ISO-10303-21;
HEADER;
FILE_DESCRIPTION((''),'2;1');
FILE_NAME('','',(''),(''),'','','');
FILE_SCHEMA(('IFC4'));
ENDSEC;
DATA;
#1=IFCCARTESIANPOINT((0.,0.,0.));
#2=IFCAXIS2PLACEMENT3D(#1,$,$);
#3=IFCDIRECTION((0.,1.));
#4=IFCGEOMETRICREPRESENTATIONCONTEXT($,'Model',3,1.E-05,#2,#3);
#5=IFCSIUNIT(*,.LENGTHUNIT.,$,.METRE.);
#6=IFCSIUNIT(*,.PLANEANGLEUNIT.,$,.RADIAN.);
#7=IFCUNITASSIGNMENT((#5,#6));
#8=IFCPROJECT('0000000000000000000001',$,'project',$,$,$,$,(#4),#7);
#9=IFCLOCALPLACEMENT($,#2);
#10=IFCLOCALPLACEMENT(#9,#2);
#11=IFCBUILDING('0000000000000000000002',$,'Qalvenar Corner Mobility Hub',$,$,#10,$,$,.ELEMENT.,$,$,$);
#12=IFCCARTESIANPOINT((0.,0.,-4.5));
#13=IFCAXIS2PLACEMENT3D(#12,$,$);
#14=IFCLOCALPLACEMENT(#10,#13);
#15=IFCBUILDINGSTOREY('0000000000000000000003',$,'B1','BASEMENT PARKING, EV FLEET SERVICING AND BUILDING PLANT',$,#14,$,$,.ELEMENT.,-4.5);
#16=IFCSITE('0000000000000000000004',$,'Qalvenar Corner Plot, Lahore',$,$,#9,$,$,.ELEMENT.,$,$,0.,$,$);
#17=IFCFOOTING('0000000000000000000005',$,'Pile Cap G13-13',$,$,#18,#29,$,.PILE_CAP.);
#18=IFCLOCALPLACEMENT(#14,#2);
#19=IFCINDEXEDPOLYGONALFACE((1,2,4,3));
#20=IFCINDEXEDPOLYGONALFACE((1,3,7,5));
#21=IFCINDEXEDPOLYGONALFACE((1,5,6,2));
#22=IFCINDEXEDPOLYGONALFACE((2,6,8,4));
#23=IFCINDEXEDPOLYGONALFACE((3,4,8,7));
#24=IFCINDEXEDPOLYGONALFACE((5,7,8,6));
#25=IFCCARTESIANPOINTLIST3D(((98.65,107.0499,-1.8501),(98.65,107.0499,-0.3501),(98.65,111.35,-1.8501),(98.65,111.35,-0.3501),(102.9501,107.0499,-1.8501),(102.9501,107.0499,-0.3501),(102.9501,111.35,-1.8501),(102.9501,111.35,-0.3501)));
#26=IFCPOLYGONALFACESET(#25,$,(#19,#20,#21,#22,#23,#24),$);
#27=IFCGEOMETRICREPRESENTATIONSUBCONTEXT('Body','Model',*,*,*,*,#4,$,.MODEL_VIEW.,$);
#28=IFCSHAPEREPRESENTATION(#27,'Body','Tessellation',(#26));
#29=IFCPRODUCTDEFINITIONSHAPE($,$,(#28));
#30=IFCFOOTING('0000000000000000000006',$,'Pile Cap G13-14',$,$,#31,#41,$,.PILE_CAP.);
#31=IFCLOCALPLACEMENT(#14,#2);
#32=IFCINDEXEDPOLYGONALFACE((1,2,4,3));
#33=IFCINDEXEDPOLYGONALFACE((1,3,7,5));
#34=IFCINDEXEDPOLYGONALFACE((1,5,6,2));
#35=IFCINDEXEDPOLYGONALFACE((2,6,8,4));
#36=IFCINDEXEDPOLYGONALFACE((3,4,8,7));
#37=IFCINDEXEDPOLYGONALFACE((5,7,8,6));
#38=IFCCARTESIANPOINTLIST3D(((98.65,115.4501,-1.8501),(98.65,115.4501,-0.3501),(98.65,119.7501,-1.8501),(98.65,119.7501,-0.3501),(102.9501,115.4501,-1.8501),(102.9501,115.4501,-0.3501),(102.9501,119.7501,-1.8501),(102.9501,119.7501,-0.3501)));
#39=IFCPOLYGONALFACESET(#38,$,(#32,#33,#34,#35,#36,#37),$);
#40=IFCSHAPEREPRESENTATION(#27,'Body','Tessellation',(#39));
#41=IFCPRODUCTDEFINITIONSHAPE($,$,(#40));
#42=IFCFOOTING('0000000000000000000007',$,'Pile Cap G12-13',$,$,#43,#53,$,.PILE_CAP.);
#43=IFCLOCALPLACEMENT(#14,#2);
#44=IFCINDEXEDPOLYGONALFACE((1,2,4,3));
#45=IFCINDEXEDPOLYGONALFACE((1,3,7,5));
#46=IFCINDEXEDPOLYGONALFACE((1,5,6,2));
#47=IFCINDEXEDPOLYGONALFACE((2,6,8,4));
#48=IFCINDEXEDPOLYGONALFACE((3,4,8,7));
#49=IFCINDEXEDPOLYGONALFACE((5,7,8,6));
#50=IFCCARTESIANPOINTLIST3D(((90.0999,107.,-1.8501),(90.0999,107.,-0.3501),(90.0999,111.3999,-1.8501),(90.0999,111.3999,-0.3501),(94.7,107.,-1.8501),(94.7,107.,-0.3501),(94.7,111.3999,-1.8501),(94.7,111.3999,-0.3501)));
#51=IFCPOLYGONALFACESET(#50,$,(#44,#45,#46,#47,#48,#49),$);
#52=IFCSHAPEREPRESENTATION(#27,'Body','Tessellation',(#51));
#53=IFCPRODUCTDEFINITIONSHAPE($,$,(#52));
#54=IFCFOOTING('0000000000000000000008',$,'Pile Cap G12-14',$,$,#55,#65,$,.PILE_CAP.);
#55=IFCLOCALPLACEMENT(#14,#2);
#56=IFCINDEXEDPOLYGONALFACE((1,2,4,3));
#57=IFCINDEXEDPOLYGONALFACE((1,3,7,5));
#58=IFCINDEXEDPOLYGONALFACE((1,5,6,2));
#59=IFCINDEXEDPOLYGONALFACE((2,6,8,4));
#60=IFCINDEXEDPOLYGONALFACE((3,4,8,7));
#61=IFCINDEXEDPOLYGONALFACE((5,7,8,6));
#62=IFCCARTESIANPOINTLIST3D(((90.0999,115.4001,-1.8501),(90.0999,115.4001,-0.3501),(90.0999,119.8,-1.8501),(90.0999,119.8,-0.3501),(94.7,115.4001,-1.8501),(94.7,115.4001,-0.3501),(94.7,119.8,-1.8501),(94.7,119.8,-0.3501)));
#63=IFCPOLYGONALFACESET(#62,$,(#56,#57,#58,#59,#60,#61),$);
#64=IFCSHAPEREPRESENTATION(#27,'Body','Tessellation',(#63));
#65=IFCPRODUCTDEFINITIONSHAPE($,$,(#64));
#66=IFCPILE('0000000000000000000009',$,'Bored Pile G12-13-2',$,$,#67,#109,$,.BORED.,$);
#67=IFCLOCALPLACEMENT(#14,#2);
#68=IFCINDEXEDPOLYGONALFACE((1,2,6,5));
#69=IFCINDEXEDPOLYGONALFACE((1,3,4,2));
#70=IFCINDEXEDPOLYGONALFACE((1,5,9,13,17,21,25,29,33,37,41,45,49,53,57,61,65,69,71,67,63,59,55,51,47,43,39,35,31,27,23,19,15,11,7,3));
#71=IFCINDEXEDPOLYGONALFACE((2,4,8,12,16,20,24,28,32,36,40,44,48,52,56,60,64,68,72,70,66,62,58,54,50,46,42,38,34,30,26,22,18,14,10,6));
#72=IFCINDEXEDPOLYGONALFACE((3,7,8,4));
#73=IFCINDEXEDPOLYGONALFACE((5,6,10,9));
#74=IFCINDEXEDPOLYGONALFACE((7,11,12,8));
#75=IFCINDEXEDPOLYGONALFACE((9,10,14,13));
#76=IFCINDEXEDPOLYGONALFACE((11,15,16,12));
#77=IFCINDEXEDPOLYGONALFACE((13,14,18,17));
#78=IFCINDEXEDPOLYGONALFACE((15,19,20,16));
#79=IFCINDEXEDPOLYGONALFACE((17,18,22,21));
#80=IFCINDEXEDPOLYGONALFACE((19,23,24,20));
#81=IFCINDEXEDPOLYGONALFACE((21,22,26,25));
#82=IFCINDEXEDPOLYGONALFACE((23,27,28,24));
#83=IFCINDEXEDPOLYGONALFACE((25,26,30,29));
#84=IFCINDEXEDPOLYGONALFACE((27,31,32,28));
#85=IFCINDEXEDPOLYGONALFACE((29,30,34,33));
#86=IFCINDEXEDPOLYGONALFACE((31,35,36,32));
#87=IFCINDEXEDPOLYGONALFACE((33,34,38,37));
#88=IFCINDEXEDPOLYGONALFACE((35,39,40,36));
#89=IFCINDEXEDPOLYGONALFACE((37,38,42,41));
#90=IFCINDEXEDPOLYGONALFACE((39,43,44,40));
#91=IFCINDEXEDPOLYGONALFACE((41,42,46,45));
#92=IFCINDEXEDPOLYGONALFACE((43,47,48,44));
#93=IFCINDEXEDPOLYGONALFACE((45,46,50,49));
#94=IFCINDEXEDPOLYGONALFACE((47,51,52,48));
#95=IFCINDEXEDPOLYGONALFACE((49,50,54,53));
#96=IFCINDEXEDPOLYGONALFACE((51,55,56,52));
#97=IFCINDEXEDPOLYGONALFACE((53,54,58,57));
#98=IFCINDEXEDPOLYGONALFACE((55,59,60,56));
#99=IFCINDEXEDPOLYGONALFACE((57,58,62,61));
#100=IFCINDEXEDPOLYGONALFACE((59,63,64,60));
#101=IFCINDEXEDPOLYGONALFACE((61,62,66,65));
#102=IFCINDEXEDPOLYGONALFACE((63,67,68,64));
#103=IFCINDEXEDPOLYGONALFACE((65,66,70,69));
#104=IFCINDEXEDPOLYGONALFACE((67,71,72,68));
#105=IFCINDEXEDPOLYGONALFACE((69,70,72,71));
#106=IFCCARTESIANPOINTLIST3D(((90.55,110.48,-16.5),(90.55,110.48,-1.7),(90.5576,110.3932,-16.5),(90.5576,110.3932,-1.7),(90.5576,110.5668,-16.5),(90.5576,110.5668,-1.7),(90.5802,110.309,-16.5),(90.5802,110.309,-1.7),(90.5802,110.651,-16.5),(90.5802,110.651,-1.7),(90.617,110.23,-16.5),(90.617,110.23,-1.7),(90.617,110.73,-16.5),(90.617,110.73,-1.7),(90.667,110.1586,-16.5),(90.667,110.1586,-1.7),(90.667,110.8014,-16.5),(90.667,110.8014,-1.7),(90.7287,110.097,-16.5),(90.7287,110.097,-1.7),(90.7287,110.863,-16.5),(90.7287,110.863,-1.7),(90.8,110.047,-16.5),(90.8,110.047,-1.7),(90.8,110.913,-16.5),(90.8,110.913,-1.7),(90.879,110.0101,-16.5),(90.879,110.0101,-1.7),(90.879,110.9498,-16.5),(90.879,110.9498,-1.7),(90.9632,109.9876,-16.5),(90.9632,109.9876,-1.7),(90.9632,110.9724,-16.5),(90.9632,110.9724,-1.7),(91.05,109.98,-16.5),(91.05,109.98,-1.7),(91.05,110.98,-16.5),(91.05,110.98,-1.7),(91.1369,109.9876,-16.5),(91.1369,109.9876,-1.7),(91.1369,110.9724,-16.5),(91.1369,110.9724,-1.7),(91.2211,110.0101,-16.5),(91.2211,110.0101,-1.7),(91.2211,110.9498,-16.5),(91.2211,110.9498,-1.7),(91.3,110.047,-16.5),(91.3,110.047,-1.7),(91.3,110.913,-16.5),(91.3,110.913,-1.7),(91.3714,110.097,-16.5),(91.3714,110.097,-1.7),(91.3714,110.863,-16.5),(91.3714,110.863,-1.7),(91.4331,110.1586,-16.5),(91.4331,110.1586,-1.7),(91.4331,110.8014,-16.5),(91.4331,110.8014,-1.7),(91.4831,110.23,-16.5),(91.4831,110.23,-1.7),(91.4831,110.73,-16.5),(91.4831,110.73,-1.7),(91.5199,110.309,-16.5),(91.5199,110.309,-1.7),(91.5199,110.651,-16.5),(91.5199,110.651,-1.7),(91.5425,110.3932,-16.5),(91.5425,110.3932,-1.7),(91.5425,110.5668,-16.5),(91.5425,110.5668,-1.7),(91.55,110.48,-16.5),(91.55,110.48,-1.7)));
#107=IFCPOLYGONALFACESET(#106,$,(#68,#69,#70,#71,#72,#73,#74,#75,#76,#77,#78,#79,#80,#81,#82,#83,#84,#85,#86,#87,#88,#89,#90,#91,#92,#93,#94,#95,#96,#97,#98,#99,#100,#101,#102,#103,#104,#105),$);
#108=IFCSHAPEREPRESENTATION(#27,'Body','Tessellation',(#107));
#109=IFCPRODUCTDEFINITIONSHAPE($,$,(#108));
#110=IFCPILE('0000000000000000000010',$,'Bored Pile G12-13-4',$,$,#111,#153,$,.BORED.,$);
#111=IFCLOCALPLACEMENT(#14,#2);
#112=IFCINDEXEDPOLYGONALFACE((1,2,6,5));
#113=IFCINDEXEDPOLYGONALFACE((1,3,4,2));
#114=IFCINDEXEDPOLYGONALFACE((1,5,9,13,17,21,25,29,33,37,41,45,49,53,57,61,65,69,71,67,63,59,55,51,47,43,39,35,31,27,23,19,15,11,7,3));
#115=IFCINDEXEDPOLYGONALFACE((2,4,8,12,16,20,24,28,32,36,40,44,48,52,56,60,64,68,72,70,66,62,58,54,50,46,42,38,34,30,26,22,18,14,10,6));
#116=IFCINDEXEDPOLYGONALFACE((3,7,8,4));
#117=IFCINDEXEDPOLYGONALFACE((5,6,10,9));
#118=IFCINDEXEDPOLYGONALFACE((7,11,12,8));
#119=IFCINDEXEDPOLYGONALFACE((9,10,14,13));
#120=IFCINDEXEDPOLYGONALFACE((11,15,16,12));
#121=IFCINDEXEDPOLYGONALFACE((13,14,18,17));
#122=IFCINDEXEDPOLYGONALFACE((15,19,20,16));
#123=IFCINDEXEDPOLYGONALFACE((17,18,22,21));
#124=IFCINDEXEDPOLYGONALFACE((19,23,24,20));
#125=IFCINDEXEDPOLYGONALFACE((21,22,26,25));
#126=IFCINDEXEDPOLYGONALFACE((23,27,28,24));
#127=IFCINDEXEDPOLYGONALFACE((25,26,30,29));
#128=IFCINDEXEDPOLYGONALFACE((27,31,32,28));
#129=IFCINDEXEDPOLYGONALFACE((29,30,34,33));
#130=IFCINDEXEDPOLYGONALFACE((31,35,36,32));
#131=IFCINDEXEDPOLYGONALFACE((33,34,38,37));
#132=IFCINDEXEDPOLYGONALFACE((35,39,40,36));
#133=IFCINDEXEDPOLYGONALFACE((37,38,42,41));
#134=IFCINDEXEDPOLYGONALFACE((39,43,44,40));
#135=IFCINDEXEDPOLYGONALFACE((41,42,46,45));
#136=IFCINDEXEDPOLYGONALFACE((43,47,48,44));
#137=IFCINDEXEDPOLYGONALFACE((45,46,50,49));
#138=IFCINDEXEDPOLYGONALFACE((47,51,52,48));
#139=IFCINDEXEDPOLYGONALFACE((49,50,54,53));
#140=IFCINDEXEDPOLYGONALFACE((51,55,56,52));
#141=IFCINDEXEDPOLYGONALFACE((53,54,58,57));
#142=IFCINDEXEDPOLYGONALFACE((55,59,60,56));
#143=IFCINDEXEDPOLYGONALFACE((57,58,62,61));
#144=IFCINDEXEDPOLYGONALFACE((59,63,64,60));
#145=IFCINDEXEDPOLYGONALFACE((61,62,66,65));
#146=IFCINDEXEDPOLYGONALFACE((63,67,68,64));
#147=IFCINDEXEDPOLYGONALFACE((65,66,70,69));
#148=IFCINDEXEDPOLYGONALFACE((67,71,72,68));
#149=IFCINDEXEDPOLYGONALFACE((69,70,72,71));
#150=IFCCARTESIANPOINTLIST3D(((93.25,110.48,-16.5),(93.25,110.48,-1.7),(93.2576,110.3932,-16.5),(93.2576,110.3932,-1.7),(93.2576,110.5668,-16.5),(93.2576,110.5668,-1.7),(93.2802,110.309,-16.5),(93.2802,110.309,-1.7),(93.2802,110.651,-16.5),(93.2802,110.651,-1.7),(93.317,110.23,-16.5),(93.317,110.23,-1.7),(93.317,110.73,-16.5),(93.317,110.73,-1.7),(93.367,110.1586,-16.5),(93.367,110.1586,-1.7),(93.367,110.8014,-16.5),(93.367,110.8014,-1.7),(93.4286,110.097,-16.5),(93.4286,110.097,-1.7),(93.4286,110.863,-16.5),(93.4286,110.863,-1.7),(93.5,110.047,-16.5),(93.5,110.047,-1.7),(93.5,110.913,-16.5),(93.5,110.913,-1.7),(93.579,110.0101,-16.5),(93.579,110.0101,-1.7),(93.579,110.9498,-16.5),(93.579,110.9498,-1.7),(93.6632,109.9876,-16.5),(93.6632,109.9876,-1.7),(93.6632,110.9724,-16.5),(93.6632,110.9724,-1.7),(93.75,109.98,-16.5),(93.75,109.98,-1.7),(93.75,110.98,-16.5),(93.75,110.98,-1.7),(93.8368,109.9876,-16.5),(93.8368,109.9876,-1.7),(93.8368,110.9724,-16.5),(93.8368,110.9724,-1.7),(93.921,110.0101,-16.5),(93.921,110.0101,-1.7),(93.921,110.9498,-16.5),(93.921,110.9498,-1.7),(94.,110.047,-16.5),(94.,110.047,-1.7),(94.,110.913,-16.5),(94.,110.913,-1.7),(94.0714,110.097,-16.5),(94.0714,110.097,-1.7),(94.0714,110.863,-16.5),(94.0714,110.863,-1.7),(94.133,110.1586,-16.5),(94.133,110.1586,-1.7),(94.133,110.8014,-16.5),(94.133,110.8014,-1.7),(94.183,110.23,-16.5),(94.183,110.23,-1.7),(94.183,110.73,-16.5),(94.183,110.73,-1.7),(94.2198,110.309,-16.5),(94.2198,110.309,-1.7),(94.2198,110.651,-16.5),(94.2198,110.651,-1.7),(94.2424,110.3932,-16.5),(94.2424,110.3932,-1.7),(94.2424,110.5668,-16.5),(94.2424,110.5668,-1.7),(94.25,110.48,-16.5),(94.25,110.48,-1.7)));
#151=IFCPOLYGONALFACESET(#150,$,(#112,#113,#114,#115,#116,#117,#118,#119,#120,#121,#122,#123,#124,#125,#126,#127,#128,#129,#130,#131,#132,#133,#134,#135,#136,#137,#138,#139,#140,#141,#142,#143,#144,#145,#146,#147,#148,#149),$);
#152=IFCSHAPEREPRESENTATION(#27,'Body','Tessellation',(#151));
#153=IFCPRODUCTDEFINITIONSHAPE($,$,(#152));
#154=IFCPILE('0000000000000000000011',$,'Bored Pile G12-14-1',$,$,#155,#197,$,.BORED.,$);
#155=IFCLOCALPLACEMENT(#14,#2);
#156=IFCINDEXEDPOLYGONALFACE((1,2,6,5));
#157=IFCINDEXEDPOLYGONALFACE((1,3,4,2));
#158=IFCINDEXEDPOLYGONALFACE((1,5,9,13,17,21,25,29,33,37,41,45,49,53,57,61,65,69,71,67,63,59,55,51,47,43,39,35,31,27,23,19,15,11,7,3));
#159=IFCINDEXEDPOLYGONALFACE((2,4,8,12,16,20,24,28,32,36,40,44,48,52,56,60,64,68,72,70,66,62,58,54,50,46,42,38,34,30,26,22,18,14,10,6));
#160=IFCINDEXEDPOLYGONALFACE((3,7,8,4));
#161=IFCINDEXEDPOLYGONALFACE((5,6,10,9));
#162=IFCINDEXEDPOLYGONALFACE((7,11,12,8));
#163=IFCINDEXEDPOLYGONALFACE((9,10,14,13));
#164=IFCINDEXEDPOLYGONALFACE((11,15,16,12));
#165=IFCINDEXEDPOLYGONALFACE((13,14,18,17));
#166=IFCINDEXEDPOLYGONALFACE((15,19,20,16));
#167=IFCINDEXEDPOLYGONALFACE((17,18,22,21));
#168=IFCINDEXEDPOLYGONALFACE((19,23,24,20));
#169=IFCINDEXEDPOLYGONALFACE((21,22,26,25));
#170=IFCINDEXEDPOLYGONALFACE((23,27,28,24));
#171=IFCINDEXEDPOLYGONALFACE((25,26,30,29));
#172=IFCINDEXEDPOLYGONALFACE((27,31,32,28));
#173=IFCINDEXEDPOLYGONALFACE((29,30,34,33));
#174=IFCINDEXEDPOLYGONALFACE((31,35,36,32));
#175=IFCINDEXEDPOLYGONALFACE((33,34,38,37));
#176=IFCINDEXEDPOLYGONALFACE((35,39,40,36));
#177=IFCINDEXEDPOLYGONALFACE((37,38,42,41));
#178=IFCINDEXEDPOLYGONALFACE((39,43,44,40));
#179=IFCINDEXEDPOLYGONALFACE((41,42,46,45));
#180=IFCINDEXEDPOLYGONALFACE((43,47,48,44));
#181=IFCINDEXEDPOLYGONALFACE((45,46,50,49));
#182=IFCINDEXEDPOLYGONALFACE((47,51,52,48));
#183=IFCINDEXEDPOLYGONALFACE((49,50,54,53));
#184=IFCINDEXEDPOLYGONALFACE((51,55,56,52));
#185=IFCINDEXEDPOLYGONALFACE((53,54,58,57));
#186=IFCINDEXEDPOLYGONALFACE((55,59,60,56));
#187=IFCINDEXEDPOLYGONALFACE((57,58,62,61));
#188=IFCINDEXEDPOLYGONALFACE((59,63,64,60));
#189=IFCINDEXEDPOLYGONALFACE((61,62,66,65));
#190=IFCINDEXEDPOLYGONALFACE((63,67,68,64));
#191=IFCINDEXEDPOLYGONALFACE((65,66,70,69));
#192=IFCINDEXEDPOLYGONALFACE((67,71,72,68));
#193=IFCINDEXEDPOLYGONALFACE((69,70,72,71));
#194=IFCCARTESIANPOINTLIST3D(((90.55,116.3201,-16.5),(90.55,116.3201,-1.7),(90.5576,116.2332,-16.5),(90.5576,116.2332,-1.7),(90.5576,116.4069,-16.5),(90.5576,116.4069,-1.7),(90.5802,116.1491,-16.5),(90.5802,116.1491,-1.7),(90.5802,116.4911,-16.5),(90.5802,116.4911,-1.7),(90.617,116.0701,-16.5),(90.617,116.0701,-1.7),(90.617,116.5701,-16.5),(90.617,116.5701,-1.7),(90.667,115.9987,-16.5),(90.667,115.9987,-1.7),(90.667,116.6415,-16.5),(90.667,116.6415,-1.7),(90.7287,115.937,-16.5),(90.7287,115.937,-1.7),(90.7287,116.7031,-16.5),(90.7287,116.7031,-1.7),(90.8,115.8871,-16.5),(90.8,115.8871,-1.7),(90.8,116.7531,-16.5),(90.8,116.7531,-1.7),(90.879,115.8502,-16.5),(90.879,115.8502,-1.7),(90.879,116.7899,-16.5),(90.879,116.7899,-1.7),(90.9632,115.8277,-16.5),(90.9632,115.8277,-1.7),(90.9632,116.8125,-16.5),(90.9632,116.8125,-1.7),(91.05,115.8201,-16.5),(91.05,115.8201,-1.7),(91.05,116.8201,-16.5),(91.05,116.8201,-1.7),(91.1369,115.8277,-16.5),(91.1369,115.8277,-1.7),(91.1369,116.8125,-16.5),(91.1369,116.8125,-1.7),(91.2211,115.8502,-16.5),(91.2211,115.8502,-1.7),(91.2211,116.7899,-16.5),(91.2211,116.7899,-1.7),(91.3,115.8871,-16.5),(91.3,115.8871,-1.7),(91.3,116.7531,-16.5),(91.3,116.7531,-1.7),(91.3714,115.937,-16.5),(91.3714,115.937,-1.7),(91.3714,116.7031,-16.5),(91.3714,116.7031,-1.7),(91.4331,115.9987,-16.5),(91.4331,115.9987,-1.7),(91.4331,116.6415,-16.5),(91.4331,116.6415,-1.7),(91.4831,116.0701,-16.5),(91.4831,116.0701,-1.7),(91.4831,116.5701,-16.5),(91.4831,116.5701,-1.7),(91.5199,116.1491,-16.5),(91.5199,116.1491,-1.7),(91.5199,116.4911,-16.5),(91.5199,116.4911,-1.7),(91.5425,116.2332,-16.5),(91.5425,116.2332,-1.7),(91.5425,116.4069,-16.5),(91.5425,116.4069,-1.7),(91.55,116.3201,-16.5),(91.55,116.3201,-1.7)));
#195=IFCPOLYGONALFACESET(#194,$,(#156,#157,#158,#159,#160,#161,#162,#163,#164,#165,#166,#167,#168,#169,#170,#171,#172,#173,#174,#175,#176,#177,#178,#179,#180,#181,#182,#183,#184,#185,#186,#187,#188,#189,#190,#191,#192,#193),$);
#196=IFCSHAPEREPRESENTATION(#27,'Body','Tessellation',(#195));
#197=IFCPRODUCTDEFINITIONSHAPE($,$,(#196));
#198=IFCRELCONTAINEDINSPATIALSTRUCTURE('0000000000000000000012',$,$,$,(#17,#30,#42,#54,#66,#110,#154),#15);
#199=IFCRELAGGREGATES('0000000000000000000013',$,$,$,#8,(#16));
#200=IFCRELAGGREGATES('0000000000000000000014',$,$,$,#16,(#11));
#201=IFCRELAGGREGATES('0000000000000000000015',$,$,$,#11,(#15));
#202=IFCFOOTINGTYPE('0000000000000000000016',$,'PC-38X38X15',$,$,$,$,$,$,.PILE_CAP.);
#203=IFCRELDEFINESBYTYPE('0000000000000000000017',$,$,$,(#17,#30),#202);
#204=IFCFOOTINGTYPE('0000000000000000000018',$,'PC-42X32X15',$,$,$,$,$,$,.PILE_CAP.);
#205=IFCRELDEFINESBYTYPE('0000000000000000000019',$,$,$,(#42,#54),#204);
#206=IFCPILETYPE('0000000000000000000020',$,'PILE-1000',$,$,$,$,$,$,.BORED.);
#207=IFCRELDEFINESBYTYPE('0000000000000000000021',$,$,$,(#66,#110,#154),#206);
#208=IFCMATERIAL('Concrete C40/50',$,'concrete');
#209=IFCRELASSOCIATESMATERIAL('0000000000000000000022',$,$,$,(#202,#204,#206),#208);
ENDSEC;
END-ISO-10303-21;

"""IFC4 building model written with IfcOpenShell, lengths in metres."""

from ifc_helpers import new_model, si_unit, direction, frame, origin, origin_2d, place, context, subcontext, project, spatial, rectangle, circle, extrude, material, material_profile, profile_set, type_object, element, save


model = new_model("IFC4")

# Units and contexts
model_context = context("Model", 3, precision=1e-05, world=origin(), true_north=direction((0.0, 1.0)))
body_context = subcontext(model_context, "Body", "Model", "MODEL_VIEW")
ifc_project = project(units=[si_unit("LENGTHUNIT", "METRE"), si_unit("PLANEANGLEUNIT", "RADIAN")], contexts=[model_context])

# Site, building, storey
site_placement = place(None, origin())
site = spatial("IfcSite", under=ifc_project, at=site_placement, Name="Qalvenar Corner Plot, Lahore", CompositionType="ELEMENT", RefElevation=0.0)
building_placement = place(site_placement, origin())
building = spatial("IfcBuilding", under=site, at=building_placement, Name="Qalvenar Corner Mobility Hub", CompositionType="ELEMENT")
storey_placement = place(building_placement, frame((0.0, 0.0, -4.5)))
storey = spatial("IfcBuildingStorey", under=building, at=storey_placement, Name="B1", Description="BASEMENT PARKING, EV FLEET SERVICING AND BUILDING PLANT", CompositionType="ELEMENT", Elevation=-4.5)

# Footings
ifc_material_1 = material(Name="Concrete C40/50", Category="concrete")
footing_type_1 = type_object("IfcFootingType", Name="PC-38X38X15", PredefinedType="PILE_CAP", material=ifc_material_1)
for number, where, z_axis, x_axis, name in (
    (1, (100.8, 109.2, -1.8501), (0.0, 0.0, 1.0), (1.0, 0.0, 0.0), "Pile Cap G13-13"),
    (2, (100.8, 117.6001, -1.8501), (0.0, 0.0, 1.0), (1.0, 0.0, 0.0), "Pile Cap G13-14"),
):
    element("IfcFooting", number, at=place(storey_placement, frame(where, z_axis=z_axis, x_axis=x_axis)), inside=storey, type_object=footing_type_1, Name=name, PredefinedType="PILE_CAP", context=body_context, shape_type="SweptSolid", body=[
        extrude(rectangle(XDim=4.3, YDim=4.3, at=origin_2d()), origin(), (0.0, 0.0, 1.0), 1.5),
    ])
footing_type_2 = type_object("IfcFootingType", Name="PC-42X32X15", PredefinedType="PILE_CAP", material=ifc_material_1)
for number, where, z_axis, x_axis, name in (
    (3, (92.3999, 109.2, -1.8501), (0.0, 0.0, 1.0), (1.0, 0.0, 0.0), "Pile Cap G12-13"),
    (4, (92.3999, 117.6001, -1.8501), (0.0, 0.0, 1.0), (1.0, 0.0, 0.0), "Pile Cap G12-14"),
):
    element("IfcFooting", number, at=place(storey_placement, frame(where, z_axis=z_axis, x_axis=x_axis)), inside=storey, type_object=footing_type_2, Name=name, PredefinedType="PILE_CAP", context=body_context, shape_type="SweptSolid", body=[
        extrude(rectangle(XDim=4.6001, YDim=4.3999, at=origin_2d()), origin(), (0.0, 0.0, 1.0), 1.5),
    ])

# Piles
ifc_material_profile_1 = material_profile(ifc_material_1, circle(Radius=0.5, at=origin_2d()), Name="DIA1000")
ifc_profile_set_1 = profile_set([ifc_material_profile_1], Name="Concrete C40/50")
pile_type = type_object("IfcPileType", Name="PILE-1000", PredefinedType="BORED", material=ifc_profile_set_1)
for number, where, z_axis, x_axis, name in (
    (5, (91.05, 110.48, -1.7), (0.0, 0.0, -1.0), (1.0, 0.0, 0.0), "Bored Pile G12-13-2"),
    (6, (93.75, 110.48, -1.7), (0.0, 0.0, -1.0), (1.0, 0.0, 0.0), "Bored Pile G12-13-4"),
    (7, (91.05, 116.3201, -1.7), (0.0, 0.0, -1.0), (1.0, 0.0, 0.0), "Bored Pile G12-14-1"),
):
    element("IfcPile", number, at=place(storey_placement, frame(where, z_axis=z_axis, x_axis=x_axis)), inside=storey, type_object=pile_type, Name=name, PredefinedType="BORED", context=body_context, shape_type="SweptSolid", body=[
        extrude(circle(Radius=0.5, at=origin_2d()), origin(), (0.0, 0.0, 1.0), 14.8),
    ])

save(model, "model.ifc")
